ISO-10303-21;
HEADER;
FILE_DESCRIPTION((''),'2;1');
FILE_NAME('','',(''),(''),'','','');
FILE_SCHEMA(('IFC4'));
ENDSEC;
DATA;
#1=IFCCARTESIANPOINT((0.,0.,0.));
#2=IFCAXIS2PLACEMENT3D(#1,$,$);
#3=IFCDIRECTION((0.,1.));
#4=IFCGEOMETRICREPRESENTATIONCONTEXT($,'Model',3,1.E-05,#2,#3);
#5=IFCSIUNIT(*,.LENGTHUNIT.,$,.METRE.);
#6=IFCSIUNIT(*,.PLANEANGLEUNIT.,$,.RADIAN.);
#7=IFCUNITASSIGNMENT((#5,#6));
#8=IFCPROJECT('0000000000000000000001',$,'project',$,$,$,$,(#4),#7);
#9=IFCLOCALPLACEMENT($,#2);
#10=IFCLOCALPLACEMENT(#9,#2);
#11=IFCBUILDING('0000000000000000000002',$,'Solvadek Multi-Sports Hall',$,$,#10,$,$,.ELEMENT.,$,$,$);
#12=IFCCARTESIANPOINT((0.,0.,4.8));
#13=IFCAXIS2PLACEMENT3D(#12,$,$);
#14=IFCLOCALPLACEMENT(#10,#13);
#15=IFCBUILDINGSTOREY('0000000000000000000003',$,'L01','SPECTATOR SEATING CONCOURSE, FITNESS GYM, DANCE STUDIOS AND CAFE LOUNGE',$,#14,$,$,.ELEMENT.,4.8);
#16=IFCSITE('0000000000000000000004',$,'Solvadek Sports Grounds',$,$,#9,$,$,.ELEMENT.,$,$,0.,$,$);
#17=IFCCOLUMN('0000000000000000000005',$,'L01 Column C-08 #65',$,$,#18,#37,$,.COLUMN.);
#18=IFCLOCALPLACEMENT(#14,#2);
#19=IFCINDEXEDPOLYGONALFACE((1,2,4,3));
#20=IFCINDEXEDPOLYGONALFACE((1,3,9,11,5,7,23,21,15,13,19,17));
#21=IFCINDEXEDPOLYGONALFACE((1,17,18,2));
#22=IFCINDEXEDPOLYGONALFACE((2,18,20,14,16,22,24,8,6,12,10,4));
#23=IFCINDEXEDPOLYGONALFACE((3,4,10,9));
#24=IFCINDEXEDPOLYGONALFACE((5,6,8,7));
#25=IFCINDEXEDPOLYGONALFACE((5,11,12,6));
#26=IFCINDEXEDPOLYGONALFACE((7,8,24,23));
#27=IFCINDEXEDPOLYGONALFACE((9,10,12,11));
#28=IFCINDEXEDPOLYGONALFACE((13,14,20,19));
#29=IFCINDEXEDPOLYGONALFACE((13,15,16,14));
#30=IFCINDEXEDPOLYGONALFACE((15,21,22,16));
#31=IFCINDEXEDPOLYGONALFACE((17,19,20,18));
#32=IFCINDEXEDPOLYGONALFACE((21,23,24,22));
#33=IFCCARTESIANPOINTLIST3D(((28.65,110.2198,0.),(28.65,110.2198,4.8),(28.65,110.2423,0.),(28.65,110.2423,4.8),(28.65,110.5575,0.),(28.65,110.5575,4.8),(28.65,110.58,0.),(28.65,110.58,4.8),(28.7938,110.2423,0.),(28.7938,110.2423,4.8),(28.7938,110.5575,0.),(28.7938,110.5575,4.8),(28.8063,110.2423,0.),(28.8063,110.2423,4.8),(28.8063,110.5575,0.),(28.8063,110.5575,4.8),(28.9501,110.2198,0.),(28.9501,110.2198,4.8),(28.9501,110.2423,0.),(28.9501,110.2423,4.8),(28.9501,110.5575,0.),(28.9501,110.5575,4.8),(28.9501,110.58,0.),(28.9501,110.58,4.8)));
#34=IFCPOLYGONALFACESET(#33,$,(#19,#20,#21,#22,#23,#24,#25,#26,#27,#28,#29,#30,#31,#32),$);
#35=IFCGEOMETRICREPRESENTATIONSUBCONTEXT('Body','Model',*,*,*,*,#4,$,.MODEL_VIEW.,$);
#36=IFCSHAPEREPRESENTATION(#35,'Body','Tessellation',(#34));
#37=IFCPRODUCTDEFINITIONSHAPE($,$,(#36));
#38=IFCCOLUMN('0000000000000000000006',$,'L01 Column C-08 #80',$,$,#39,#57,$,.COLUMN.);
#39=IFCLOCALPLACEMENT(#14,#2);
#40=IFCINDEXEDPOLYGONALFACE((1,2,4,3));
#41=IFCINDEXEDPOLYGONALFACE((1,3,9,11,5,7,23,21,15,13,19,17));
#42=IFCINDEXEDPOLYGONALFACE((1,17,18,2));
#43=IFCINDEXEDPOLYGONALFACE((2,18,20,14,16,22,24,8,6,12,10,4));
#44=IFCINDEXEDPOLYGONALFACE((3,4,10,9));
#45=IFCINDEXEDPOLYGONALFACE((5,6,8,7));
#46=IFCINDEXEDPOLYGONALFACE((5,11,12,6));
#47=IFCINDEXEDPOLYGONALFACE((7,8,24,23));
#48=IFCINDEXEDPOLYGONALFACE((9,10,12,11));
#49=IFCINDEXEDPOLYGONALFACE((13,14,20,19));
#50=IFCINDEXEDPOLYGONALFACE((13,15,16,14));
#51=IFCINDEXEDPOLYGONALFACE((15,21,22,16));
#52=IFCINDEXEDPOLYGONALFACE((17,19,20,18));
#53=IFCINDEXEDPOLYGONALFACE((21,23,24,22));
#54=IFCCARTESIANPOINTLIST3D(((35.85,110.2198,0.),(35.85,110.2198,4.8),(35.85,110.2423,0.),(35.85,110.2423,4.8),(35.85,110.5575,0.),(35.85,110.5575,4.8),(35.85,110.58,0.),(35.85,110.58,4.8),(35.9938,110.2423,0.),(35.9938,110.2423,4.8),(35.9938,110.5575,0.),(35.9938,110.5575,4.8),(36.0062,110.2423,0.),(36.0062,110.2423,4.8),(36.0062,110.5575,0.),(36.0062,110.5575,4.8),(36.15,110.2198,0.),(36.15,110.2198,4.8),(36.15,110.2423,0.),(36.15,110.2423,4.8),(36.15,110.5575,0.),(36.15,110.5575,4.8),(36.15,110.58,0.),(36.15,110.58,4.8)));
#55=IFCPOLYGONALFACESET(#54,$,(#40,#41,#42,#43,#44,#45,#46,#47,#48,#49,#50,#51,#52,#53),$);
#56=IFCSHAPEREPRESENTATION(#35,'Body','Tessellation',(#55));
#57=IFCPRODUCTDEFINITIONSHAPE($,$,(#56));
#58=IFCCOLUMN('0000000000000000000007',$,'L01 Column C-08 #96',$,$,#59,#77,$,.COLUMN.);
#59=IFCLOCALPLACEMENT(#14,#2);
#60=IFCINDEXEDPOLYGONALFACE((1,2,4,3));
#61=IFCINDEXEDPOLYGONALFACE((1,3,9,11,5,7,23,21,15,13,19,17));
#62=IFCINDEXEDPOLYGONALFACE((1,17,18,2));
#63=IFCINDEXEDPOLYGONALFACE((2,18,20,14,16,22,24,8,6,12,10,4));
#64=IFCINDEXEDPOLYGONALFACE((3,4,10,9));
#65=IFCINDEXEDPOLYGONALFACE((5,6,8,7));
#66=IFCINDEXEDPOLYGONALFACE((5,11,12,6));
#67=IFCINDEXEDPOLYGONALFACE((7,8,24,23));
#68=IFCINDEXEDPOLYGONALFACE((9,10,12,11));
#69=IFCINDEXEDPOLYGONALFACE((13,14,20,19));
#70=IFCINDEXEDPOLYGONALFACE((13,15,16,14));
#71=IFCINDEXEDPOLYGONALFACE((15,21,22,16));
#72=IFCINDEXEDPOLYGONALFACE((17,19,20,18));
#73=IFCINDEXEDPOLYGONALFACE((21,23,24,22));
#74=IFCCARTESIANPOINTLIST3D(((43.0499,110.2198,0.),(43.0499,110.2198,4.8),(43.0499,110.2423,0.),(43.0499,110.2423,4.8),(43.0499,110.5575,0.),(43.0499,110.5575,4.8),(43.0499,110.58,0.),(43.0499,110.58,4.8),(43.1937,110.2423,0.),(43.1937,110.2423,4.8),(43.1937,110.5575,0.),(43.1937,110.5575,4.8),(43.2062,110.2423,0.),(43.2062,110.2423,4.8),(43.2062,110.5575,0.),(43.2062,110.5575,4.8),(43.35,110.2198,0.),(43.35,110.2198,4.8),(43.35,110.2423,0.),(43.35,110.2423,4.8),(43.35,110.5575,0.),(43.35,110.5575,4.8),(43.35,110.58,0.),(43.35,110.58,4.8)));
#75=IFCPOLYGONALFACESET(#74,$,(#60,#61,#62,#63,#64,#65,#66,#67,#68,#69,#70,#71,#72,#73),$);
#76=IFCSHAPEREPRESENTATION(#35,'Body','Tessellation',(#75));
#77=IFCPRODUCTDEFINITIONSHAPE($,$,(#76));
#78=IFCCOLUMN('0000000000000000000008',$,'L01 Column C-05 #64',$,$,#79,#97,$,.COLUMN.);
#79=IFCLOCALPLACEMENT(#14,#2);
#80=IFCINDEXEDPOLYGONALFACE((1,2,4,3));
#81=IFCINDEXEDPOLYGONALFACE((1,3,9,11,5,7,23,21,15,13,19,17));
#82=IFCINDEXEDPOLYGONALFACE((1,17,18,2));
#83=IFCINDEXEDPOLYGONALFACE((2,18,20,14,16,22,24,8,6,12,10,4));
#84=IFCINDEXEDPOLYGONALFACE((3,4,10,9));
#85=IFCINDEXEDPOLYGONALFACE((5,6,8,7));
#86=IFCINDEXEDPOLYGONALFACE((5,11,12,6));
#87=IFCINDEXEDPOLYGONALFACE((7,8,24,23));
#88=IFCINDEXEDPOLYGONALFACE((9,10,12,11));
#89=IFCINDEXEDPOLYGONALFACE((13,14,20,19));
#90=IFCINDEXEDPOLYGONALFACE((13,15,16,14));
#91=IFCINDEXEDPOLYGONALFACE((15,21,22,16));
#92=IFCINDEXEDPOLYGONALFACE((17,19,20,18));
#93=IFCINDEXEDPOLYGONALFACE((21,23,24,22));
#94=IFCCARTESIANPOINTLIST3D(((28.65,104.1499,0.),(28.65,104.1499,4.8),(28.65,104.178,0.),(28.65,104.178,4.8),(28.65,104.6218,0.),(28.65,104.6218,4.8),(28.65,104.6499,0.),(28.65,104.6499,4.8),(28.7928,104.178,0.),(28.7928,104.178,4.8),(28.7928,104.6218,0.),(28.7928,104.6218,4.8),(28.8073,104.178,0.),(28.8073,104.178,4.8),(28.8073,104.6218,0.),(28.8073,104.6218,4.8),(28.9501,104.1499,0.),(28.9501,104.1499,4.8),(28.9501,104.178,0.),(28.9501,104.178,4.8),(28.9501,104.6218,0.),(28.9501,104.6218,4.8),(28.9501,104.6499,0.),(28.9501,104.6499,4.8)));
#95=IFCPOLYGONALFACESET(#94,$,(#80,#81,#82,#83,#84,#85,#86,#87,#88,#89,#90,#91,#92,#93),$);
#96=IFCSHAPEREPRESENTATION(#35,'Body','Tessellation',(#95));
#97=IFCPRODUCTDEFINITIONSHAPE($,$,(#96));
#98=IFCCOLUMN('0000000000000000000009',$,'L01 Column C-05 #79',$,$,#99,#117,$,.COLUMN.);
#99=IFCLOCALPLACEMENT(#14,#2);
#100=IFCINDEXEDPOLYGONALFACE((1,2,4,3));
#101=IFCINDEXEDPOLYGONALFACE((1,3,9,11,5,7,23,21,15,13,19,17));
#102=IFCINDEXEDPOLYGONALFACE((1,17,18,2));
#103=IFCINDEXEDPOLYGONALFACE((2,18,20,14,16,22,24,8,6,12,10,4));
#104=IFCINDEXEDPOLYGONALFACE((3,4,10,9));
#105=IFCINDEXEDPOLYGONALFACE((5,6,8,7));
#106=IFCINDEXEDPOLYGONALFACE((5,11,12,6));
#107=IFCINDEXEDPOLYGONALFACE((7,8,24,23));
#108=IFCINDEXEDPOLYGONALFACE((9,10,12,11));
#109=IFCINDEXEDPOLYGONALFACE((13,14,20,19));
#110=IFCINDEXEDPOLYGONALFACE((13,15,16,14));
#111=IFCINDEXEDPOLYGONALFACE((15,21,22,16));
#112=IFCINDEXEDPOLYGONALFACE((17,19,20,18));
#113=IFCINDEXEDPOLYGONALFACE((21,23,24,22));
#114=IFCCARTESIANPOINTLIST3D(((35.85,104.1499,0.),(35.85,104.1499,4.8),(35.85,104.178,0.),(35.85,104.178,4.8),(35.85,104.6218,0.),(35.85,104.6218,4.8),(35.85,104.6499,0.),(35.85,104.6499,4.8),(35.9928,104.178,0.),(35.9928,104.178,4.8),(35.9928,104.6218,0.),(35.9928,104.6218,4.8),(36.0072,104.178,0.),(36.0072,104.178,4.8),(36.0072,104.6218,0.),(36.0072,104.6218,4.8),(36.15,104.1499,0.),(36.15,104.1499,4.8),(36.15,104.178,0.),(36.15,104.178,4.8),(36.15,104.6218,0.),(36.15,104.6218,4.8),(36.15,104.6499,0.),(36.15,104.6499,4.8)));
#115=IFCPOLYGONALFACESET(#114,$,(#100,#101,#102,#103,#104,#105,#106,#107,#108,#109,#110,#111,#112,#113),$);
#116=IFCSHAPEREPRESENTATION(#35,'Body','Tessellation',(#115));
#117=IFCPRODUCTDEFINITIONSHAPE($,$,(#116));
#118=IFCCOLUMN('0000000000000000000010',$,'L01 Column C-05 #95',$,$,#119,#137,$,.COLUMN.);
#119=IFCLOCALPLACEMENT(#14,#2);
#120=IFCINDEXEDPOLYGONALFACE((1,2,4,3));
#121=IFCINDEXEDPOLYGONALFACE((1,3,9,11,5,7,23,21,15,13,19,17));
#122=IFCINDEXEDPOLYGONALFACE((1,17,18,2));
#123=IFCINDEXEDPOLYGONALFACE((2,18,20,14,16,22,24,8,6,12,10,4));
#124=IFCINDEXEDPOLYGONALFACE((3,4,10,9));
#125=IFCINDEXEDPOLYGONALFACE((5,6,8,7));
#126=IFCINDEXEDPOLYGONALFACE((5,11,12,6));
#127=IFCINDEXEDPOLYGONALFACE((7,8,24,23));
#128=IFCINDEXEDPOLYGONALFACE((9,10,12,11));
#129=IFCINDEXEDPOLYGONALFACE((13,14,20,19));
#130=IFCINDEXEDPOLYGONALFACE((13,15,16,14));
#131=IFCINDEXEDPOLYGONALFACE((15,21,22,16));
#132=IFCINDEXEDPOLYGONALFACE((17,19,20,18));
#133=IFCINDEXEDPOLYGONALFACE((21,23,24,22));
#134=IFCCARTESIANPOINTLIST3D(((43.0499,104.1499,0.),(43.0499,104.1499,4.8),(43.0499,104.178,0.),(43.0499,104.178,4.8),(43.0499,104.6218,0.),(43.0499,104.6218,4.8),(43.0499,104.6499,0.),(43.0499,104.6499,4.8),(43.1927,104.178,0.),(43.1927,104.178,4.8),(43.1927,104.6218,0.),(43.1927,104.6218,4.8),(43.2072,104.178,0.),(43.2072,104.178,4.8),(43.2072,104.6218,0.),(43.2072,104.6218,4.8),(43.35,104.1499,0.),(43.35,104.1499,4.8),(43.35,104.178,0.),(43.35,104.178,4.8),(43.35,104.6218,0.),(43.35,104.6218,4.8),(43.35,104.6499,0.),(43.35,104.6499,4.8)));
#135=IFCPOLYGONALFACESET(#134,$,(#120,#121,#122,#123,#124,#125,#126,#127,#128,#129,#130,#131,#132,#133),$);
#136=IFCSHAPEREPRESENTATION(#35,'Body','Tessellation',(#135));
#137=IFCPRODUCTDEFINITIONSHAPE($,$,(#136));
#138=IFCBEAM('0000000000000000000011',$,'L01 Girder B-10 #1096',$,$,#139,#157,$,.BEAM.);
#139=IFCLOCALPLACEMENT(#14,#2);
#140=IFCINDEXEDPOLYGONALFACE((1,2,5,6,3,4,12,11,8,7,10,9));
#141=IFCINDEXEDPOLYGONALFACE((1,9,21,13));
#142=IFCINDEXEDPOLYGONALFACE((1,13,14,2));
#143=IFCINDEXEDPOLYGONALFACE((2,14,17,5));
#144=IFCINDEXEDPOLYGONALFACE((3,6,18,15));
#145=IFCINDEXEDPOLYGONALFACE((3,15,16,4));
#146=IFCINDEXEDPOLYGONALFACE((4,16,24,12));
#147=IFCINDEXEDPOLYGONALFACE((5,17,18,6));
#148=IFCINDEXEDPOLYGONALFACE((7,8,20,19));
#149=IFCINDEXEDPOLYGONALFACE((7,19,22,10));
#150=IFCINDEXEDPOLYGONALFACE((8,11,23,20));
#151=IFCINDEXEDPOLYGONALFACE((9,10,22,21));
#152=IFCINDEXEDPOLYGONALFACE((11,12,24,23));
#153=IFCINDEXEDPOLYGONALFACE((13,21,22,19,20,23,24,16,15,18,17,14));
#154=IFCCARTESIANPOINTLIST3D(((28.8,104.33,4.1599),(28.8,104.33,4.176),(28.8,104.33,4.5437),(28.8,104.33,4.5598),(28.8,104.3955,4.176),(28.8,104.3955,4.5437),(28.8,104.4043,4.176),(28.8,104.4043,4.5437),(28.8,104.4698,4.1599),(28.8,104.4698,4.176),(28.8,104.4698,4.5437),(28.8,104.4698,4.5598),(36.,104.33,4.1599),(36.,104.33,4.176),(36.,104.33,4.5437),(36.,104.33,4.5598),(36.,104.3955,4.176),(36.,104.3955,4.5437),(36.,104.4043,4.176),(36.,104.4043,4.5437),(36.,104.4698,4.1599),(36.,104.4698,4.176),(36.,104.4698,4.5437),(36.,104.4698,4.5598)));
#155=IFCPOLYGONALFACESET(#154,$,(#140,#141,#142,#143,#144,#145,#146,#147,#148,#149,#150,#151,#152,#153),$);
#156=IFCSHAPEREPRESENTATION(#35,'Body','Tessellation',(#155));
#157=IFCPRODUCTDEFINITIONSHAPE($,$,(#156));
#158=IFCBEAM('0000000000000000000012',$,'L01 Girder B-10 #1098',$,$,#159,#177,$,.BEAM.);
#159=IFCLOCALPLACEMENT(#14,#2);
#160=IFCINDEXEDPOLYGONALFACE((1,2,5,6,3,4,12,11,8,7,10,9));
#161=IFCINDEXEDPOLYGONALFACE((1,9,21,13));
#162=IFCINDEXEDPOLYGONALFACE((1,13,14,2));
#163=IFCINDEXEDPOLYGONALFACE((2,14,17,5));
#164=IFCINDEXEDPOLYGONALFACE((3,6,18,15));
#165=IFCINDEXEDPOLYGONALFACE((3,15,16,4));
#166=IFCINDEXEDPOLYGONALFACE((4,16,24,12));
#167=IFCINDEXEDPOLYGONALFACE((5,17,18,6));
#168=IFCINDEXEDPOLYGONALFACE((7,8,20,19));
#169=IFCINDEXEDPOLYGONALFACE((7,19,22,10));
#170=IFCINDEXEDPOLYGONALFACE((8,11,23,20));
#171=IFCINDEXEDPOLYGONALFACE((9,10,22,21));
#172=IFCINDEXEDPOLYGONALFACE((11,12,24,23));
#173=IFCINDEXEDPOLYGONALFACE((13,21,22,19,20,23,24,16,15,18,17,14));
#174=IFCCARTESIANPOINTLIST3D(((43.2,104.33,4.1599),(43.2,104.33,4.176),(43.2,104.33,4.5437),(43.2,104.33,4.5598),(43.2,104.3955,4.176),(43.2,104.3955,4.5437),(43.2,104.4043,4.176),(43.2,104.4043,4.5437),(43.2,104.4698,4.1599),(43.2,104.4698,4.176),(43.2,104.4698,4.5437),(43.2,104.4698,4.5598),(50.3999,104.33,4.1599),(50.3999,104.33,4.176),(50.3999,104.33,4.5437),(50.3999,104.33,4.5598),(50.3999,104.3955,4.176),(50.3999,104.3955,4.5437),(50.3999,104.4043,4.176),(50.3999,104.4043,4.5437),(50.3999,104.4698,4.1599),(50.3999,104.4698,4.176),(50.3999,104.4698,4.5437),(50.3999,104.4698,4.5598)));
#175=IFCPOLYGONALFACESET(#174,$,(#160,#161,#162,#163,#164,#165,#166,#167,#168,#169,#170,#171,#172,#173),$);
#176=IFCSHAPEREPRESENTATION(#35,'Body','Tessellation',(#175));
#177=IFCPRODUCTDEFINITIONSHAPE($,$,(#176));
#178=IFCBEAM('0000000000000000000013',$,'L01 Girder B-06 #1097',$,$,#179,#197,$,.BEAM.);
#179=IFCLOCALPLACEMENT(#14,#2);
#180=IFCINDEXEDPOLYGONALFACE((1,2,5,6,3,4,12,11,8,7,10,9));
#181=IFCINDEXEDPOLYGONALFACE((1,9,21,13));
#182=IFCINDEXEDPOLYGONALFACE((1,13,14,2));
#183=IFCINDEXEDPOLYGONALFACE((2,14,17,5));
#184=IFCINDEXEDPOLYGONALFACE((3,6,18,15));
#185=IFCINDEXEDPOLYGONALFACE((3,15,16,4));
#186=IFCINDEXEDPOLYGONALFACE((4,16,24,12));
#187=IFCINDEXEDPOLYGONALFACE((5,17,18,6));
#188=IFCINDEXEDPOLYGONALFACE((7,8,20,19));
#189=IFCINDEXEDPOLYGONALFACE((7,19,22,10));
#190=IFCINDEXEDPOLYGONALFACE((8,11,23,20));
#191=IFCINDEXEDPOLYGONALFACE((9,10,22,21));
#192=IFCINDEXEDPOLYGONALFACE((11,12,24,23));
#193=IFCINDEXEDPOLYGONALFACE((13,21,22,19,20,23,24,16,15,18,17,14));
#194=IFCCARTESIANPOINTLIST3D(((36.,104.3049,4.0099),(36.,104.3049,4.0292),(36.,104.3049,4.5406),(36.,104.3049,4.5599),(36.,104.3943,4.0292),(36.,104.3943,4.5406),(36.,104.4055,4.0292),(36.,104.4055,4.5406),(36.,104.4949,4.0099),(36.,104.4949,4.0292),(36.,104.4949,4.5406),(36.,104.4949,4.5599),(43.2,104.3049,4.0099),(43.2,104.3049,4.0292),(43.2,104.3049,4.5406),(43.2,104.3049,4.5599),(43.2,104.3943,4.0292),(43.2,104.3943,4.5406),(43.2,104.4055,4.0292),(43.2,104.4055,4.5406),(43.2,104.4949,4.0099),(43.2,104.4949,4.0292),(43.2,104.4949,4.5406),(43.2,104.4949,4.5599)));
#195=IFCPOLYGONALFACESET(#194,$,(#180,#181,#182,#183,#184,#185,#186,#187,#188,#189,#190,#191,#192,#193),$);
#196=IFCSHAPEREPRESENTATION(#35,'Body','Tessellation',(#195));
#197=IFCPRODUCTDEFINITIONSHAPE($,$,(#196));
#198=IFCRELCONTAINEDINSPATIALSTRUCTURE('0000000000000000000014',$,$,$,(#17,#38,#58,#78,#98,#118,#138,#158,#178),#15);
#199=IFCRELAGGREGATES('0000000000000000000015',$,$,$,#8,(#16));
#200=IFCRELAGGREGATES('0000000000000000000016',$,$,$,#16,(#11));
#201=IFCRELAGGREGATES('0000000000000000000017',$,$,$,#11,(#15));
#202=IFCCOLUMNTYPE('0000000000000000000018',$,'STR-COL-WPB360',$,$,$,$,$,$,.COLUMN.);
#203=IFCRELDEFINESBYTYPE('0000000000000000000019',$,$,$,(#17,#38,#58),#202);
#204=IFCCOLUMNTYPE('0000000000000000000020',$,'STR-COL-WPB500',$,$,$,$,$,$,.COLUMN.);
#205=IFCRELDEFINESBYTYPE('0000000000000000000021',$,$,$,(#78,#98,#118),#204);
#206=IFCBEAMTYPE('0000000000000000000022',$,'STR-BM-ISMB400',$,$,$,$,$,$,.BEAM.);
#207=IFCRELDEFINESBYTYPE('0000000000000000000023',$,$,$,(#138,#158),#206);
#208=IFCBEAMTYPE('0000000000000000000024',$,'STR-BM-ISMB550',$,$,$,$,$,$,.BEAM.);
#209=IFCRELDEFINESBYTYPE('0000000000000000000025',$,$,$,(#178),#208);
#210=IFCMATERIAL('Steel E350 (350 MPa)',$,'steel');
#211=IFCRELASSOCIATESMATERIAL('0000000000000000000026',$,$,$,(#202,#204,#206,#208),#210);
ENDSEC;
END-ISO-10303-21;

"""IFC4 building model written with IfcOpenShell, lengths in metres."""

from ifc_helpers import new_model, si_unit, direction, frame, origin, origin_2d, place, context, subcontext, project, spatial, i_section, extrude, material, material_profile, profile_set, type_object, element, save


model = new_model("IFC4")

# Units and contexts
model_context = context("Model", 3, precision=1e-05, world=origin(), true_north=direction((0.0, 1.0)))
body_context = subcontext(model_context, "Body", "Model", "MODEL_VIEW")
ifc_project = project(units=[si_unit("LENGTHUNIT", "METRE"), si_unit("PLANEANGLEUNIT", "RADIAN")], contexts=[model_context])

# Site, building, storey
site_placement = place(None, origin())
site = spatial("IfcSite", under=ifc_project, at=site_placement, Name="Solvadek Sports Grounds", CompositionType="ELEMENT", RefElevation=0.0)
building_placement = place(site_placement, origin())
building = spatial("IfcBuilding", under=site, at=building_placement, Name="Solvadek Multi-Sports Hall", CompositionType="ELEMENT")
storey_placement = place(building_placement, frame((0.0, 0.0, 4.8)))
storey = spatial("IfcBuildingStorey", under=building, at=storey_placement, Name="L01", Description="SPECTATOR SEATING CONCOURSE, FITNESS GYM, DANCE STUDIOS AND CAFE LOUNGE", CompositionType="ELEMENT", Elevation=4.8)

# Columns
ifc_material_1 = material(Name="Steel E350 (350 MPa)", Category="steel")
ifc_material_profile_1 = material_profile(ifc_material_1, i_section(OverallWidth=0.3, OverallDepth=0.3601, WebThickness=0.0125, FlangeThickness=0.0225, at=origin_2d()), Name="WPB 360")
ifc_profile_set_1 = profile_set([ifc_material_profile_1], Name="Steel E350 (350 MPa)")
column_type_1 = type_object("IfcColumnType", Name="STR-COL-WPB360", PredefinedType="COLUMN", material=ifc_profile_set_1)
for number, where, z_axis, x_axis, name in (
    (1, (28.8, 110.3999, 0.0), (0.0, 0.0, 1.0), (1.0, 0.0, 0.0), "L01 Column C-08 #65"),
    (2, (36.0, 110.3999, 0.0), (0.0, 0.0, 1.0), (1.0, 0.0, 0.0), "L01 Column C-08 #80"),
    (3, (43.2, 110.3999, 0.0), (0.0, 0.0, 1.0), (1.0, 0.0, 0.0), "L01 Column C-08 #96"),
):
    element("IfcColumn", number, at=place(storey_placement, frame(where, z_axis=z_axis, x_axis=x_axis)), inside=storey, type_object=column_type_1, Name=name, PredefinedType="COLUMN", context=body_context, shape_type="SweptSolid", body=[
        extrude(i_section(OverallWidth=0.3, OverallDepth=0.3601, WebThickness=0.0125, FlangeThickness=0.0225, at=origin_2d()), origin(), (0.0, 0.0, 1.0), 4.8),
    ])
ifc_material_profile_2 = material_profile(ifc_material_1, i_section(OverallWidth=0.3, OverallDepth=0.5, WebThickness=0.0144, FlangeThickness=0.0281, at=origin_2d()), Name="WPB 500")
ifc_profile_set_2 = profile_set([ifc_material_profile_2], Name="Steel E350 (350 MPa)")
column_type_2 = type_object("IfcColumnType", Name="STR-COL-WPB500", PredefinedType="COLUMN", material=ifc_profile_set_2)
for number, where, z_axis, x_axis, name in (
    (4, (28.8, 104.3999, 0.0), (0.0, 0.0, 1.0), (1.0, 0.0, 0.0), "L01 Column C-05 #64"),
    (5, (36.0, 104.3999, 0.0), (0.0, 0.0, 1.0), (1.0, 0.0, 0.0), "L01 Column C-05 #79"),
    (6, (43.2, 104.3999, 0.0), (0.0, 0.0, 1.0), (1.0, 0.0, 0.0), "L01 Column C-05 #95"),
):
    element("IfcColumn", number, at=place(storey_placement, frame(where, z_axis=z_axis, x_axis=x_axis)), inside=storey, type_object=column_type_2, Name=name, PredefinedType="COLUMN", context=body_context, shape_type="SweptSolid", body=[
        extrude(i_section(OverallWidth=0.3, OverallDepth=0.5, WebThickness=0.0144, FlangeThickness=0.0281, at=origin_2d()), origin(), (0.0, 0.0, 1.0), 4.8),
    ])

# Beams
ifc_material_profile_3 = material_profile(ifc_material_1, i_section(OverallWidth=0.1399, OverallDepth=0.3999, WebThickness=0.0088, FlangeThickness=0.0161, at=origin_2d()), Name="ISMB 400")
ifc_profile_set_3 = profile_set([ifc_material_profile_3], Name="Steel E350 (350 MPa)")
beam_type_1 = type_object("IfcBeamType", Name="STR-BM-ISMB400", PredefinedType="BEAM", material=ifc_profile_set_3)
for number, where, z_axis, x_axis, name in (
    (7, (28.8, 104.3999, 4.3599), (1.0, 0.0, 0.0), (0.0, 1.0, 0.0), "L01 Girder B-10 #1096"),
    (8, (43.2, 104.3999, 4.3599), (1.0, 0.0, 0.0), (0.0, 1.0, 0.0), "L01 Girder B-10 #1098"),
):
    element("IfcBeam", number, at=place(storey_placement, frame(where, z_axis=z_axis, x_axis=x_axis)), inside=storey, type_object=beam_type_1, Name=name, PredefinedType="BEAM", context=body_context, shape_type="SweptSolid", body=[
        extrude(i_section(OverallWidth=0.1399, OverallDepth=0.3999, WebThickness=0.0088, FlangeThickness=0.0161, at=origin_2d()), origin(), (0.0, 0.0, 1.0), 7.2),
    ])
ifc_material_profile_4 = material_profile(ifc_material_1, i_section(OverallWidth=0.1899, OverallDepth=0.55, WebThickness=0.0112, FlangeThickness=0.0193, at=origin_2d()), Name="ISMB 550")
ifc_profile_set_4 = profile_set([ifc_material_profile_4], Name="Steel E350 (350 MPa)")
beam_type_2 = type_object("IfcBeamType", Name="STR-BM-ISMB550", PredefinedType="BEAM", material=ifc_profile_set_4)
beam_1_placement = place(storey_placement, frame((36.0, 104.3999, 4.2849), z_axis=(1.0, 0.0, 0.0), x_axis=(0.0, 1.0, 0.0)))
element("IfcBeam", 9, at=beam_1_placement, inside=storey, type_object=beam_type_2, Name="L01 Girder B-06 #1097", PredefinedType="BEAM", context=body_context, shape_type="SweptSolid", body=[
    extrude(i_section(OverallWidth=0.1899, OverallDepth=0.55, WebThickness=0.0112, FlangeThickness=0.0193, at=origin_2d()), origin(), (0.0, 0.0, 1.0), 7.2),
])

save(model, "model.ifc")
